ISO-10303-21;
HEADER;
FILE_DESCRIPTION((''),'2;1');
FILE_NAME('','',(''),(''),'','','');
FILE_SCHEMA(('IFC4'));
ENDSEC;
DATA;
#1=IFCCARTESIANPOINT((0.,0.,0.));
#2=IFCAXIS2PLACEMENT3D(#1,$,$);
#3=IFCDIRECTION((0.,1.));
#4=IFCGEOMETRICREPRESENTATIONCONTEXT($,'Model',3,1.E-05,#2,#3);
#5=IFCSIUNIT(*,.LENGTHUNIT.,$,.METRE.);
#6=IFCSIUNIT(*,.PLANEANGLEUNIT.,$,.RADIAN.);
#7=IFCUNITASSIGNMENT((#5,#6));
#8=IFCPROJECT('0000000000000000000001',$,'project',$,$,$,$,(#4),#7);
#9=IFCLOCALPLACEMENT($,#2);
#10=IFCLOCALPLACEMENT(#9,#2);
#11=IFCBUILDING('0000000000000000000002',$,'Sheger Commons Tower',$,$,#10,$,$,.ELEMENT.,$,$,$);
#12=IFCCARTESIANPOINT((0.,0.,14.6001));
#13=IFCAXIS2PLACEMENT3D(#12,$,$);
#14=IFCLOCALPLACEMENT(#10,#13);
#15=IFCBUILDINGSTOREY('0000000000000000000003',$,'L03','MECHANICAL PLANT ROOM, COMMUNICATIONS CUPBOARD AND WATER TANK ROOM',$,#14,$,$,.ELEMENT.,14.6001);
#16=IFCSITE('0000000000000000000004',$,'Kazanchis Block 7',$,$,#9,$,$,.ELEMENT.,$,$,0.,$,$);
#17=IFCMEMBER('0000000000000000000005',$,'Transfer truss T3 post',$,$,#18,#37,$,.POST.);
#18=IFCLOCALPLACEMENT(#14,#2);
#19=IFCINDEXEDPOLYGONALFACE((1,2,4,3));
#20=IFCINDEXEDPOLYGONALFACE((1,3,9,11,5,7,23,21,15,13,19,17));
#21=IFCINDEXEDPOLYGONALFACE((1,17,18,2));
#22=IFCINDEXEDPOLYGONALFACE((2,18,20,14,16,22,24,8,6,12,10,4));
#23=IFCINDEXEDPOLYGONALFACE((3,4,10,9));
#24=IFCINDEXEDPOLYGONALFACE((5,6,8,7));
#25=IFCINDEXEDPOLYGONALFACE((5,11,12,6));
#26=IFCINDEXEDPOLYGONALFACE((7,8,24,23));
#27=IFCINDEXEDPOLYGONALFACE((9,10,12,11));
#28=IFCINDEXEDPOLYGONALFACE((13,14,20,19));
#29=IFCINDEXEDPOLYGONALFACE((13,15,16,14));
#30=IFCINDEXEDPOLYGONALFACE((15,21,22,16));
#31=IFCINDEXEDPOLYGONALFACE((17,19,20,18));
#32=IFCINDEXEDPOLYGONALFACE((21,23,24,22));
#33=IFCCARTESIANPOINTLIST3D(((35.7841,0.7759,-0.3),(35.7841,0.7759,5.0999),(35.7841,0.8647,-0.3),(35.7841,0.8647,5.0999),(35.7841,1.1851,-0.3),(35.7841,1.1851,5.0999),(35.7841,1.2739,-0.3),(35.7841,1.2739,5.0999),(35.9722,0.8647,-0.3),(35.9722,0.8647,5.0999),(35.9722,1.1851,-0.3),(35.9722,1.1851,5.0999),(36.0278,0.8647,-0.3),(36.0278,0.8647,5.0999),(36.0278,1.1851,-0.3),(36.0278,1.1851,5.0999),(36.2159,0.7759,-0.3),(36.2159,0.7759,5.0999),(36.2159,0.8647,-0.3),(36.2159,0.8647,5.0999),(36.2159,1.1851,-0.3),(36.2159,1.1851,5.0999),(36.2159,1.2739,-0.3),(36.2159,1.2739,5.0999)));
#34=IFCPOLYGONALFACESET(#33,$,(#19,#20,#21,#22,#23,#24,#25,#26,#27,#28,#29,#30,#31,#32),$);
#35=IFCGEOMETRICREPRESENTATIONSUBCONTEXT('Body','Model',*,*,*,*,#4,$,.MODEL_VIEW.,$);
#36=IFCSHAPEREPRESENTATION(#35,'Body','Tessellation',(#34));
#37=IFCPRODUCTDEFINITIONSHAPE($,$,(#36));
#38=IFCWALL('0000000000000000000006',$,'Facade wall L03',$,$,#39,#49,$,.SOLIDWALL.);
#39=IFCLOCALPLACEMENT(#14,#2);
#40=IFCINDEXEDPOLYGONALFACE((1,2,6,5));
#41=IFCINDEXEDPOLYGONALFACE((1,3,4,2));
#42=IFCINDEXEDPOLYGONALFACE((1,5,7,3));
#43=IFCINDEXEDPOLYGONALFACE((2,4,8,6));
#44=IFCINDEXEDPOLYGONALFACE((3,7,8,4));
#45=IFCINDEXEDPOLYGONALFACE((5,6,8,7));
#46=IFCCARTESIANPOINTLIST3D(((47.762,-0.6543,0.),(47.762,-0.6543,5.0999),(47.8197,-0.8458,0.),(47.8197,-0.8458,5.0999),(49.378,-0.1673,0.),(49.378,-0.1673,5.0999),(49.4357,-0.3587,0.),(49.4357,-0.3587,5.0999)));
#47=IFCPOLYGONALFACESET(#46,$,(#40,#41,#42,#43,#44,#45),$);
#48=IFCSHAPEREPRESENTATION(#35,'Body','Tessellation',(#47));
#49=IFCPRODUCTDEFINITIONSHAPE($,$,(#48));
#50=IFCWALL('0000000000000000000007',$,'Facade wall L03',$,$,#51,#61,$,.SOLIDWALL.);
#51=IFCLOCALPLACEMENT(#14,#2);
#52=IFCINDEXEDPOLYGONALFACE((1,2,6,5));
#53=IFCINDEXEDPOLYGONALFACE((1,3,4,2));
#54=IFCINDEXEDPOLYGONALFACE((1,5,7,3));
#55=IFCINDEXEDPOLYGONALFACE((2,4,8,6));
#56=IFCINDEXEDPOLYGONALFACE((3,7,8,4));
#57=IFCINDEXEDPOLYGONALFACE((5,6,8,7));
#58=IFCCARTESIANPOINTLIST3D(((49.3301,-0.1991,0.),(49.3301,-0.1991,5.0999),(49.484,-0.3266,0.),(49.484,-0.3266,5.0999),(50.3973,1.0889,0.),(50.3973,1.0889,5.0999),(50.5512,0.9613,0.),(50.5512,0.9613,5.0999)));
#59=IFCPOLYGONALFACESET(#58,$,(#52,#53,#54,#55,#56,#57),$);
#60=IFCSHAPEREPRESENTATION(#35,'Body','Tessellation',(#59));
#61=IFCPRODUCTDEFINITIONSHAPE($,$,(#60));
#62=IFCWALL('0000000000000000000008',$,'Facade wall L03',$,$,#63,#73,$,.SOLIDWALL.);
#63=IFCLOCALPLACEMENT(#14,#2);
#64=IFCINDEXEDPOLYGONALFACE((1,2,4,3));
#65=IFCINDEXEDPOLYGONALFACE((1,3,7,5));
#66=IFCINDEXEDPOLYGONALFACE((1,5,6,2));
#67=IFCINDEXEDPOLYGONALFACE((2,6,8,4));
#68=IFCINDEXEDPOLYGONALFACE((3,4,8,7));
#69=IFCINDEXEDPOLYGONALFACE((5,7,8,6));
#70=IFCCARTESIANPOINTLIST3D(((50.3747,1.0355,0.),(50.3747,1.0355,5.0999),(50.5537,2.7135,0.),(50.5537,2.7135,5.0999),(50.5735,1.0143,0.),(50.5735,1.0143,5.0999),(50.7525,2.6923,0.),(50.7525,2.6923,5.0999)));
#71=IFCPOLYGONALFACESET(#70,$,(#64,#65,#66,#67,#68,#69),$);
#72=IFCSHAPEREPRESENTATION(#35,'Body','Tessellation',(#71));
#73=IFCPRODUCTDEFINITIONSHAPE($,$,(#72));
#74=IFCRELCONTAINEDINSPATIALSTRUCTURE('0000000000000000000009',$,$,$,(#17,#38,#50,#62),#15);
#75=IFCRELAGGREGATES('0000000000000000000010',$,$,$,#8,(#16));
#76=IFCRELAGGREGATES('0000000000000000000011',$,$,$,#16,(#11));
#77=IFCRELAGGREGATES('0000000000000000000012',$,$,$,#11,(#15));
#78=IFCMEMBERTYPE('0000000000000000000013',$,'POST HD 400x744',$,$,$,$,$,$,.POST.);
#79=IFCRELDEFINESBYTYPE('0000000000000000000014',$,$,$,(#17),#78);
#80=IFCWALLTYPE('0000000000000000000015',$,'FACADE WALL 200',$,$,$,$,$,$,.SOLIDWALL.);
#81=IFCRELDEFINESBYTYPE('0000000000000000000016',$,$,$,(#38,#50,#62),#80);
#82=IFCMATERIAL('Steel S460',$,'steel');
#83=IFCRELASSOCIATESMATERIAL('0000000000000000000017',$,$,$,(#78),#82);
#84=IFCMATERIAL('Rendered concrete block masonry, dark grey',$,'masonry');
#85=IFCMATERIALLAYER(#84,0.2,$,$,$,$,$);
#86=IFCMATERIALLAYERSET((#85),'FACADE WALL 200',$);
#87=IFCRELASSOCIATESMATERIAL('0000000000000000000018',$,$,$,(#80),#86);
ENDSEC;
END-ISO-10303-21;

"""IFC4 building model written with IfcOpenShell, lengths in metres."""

from ifc_helpers import new_model, si_unit, direction, frame, frame_2d, origin, origin_2d, place, context, subcontext, project, spatial, rectangle, i_section, extrude, material, layer, layer_set, material_profile, profile_set, type_object, element, save


model = new_model("IFC4")

# Units and contexts
model_context = context("Model", 3, precision=1e-05, world=origin(), true_north=direction((0.0, 1.0)))
body_context = subcontext(model_context, "Body", "Model", "MODEL_VIEW")
ifc_project = project(units=[si_unit("LENGTHUNIT", "METRE"), si_unit("PLANEANGLEUNIT", "RADIAN")], contexts=[model_context])

# Site, building, storey
site_placement = place(None, origin())
site = spatial("IfcSite", under=ifc_project, at=site_placement, Name="Kazanchis Block 7", CompositionType="ELEMENT", RefElevation=0.0)
building_placement = place(site_placement, origin())
building = spatial("IfcBuilding", under=site, at=building_placement, Name="Sheger Commons Tower", CompositionType="ELEMENT")
storey_placement = place(building_placement, frame((0.0, 0.0, 14.6001)))
storey = spatial("IfcBuildingStorey", under=building, at=storey_placement, Name="L03", Description="MECHANICAL PLANT ROOM, COMMUNICATIONS CUPBOARD AND WATER TANK ROOM", CompositionType="ELEMENT", Elevation=14.6001)

# Member
ifc_material_1 = material(Name="Steel S460", Category="steel")
ifc_material_profile_1 = material_profile(ifc_material_1, i_section(OverallWidth=0.4319, OverallDepth=0.498, WebThickness=0.0557, FlangeThickness=0.0889, at=origin_2d()), Name="HD 400x744")
ifc_profile_set_1 = profile_set([ifc_material_profile_1], Name="Steel S460")
member_type_1 = type_object("IfcMemberType", Name="POST HD 400x744", PredefinedType="POST", material=ifc_profile_set_1)
member_1_placement = place(storey_placement, frame((36.0, 1.0249, -0.3), z_axis=(0.0, 0.0, 1.0), x_axis=(1.0, 0.0, 0.0)))
element("IfcMember", 1, at=member_1_placement, inside=storey, type_object=member_type_1, Name="Transfer truss T3 post", PredefinedType="POST", context=body_context, shape_type="SweptSolid", body=[
    extrude(i_section(OverallWidth=0.4319, OverallDepth=0.498, WebThickness=0.0557, FlangeThickness=0.0889, at=origin_2d()), origin(), (0.0, 0.0, 1.0), 5.3999),
])

# Walls
ifc_material_2 = material(Name="Rendered concrete block masonry, dark grey", Category="masonry")
ifc_layer = layer(ifc_material_2, 0.2)
ifc_layer_set = layer_set([ifc_layer], Name="FACADE WALL 200")
wall_type = type_object("IfcWallType", Name="FACADE WALL 200", PredefinedType="SOLIDWALL", material=ifc_layer_set)
wall_1_placement = place(storey_placement, frame((47.791, -0.75, 0.0), z_axis=(0.0, 0.0, 1.0), x_axis=(0.957455, 0.288582, 0.0)))
element("IfcWall", 2, at=wall_1_placement, inside=storey, type_object=wall_type, Name="Facade wall L03", PredefinedType="SOLIDWALL", context=body_context, shape_type="SweptSolid", body=[
    extrude(rectangle(XDim=1.6877, YDim=0.2, at=frame_2d((0.8438, 0.0))), origin(), (0.0, 0.0, 1.0), 5.0999),
])
wall_2_placement = place(storey_placement, frame((49.407, -0.2629, 0.0), z_axis=(0.0, 0.0, 1.0), x_axis=(0.638043, 0.770001, 0.0)))
element("IfcWall", 3, at=wall_2_placement, inside=storey, type_object=wall_type, Name="Facade wall L03", PredefinedType="SOLIDWALL", context=body_context, shape_type="SweptSolid", body=[
    extrude(rectangle(XDim=1.6726, YDim=0.2, at=frame_2d((0.8364, 0.0))), origin(), (0.0, 0.0, 1.0), 5.0999),
])
wall_3_placement = place(storey_placement, frame((50.4741, 1.0249, 0.0), z_axis=(0.0, 0.0, 1.0), x_axis=(0.106048, 0.994361, 0.0)))
element("IfcWall", 4, at=wall_3_placement, inside=storey, type_object=wall_type, Name="Facade wall L03", PredefinedType="SOLIDWALL", context=body_context, shape_type="SweptSolid", body=[
    extrude(rectangle(XDim=1.6875, YDim=0.2, at=frame_2d((0.8438, 0.0))), origin(), (0.0, 0.0, 1.0), 5.0999),
])

save(model, "model.ifc")
